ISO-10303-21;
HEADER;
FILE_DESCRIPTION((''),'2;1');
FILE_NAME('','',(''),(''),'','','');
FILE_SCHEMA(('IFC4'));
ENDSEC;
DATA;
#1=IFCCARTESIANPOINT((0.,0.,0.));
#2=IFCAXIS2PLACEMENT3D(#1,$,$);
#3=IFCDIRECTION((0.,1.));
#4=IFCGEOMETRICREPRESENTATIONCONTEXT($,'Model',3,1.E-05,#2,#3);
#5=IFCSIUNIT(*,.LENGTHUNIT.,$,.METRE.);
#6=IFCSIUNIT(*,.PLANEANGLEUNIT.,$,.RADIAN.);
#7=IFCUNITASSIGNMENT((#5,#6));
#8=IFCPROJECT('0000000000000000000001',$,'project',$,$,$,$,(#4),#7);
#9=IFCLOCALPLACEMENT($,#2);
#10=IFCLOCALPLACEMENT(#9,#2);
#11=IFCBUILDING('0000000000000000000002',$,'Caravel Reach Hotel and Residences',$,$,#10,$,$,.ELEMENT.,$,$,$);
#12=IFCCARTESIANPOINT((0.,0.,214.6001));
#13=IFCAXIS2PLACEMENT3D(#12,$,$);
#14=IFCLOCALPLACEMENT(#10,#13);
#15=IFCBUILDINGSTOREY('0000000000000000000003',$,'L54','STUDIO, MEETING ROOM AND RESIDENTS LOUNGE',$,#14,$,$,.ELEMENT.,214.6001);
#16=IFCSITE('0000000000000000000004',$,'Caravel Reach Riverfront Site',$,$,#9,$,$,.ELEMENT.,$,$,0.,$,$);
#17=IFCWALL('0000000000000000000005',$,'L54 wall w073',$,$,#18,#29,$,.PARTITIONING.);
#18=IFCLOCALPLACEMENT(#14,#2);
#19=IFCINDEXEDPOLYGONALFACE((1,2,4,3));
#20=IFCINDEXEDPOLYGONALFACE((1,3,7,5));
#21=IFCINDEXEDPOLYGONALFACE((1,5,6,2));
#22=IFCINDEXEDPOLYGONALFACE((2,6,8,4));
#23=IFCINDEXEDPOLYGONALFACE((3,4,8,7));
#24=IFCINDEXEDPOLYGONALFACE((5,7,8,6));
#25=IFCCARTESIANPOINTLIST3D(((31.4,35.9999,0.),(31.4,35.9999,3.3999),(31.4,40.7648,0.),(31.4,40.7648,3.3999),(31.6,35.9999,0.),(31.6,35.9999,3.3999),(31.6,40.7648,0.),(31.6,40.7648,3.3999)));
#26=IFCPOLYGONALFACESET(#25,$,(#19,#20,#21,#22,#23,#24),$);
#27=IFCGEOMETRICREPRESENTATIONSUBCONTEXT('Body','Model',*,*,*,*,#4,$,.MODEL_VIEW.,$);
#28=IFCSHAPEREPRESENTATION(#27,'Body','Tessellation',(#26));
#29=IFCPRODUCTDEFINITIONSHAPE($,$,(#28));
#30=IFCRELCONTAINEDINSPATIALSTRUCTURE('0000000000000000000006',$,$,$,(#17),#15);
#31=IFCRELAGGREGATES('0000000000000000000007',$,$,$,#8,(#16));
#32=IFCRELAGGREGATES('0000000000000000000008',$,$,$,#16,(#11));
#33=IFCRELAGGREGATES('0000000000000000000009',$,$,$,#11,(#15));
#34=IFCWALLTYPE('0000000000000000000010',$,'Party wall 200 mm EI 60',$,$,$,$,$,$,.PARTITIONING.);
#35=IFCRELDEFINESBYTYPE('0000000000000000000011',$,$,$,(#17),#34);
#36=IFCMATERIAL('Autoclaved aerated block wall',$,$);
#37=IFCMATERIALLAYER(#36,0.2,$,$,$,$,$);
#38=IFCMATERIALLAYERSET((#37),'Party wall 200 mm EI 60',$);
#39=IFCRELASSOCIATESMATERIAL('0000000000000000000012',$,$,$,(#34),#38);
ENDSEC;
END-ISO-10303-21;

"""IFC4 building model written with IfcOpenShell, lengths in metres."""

from ifc_helpers import new_model, si_unit, direction, frame, frame_2d, origin, place, context, subcontext, project, spatial, rectangle, extrude, material, layer, layer_set, type_object, element, save


model = new_model("IFC4")

# Units and contexts
model_context = context("Model", 3, precision=1e-05, world=origin(), true_north=direction((0.0, 1.0)))
body_context = subcontext(model_context, "Body", "Model", "MODEL_VIEW")
ifc_project = project(units=[si_unit("LENGTHUNIT", "METRE"), si_unit("PLANEANGLEUNIT", "RADIAN")], contexts=[model_context])

# Site, building, storey
site_placement = place(None, origin())
site = spatial("IfcSite", under=ifc_project, at=site_placement, Name="Caravel Reach Riverfront Site", CompositionType="ELEMENT", RefElevation=0.0)
building_placement = place(site_placement, origin())
building = spatial("IfcBuilding", under=site, at=building_placement, Name="Caravel Reach Hotel and Residences", CompositionType="ELEMENT")
storey_placement = place(building_placement, frame((0.0, 0.0, 214.6001)))
storey = spatial("IfcBuildingStorey", under=building, at=storey_placement, Name="L54", Description="STUDIO, MEETING ROOM AND RESIDENTS LOUNGE", CompositionType="ELEMENT", Elevation=214.6001)

# Wall
ifc_material_1 = material(Name="Autoclaved aerated block wall")
ifc_layer_1 = layer(ifc_material_1, 0.2)
ifc_layer_set_1 = layer_set([ifc_layer_1], Name="Party wall 200 mm EI 60")
wall_type_1 = type_object("IfcWallType", Name="Party wall 200 mm EI 60", PredefinedType="PARTITIONING", material=ifc_layer_set_1)
wall_1_placement = place(storey_placement, frame((31.5, 36.0, 0.0), z_axis=(0.0, 0.0, 1.0), x_axis=(0.0, 1.0, 0.0)))
element("IfcWall", 1, at=wall_1_placement, inside=storey, type_object=wall_type_1, Name="L54 wall w073", PredefinedType="PARTITIONING", context=body_context, shape_type="SweptSolid", body=[
    extrude(rectangle(XDim=4.7649, YDim=0.2, at=frame_2d((2.3823, 0.0))), origin(), (0.0, 0.0, 1.0), 3.3999),
])

save(model, "model.ifc")
